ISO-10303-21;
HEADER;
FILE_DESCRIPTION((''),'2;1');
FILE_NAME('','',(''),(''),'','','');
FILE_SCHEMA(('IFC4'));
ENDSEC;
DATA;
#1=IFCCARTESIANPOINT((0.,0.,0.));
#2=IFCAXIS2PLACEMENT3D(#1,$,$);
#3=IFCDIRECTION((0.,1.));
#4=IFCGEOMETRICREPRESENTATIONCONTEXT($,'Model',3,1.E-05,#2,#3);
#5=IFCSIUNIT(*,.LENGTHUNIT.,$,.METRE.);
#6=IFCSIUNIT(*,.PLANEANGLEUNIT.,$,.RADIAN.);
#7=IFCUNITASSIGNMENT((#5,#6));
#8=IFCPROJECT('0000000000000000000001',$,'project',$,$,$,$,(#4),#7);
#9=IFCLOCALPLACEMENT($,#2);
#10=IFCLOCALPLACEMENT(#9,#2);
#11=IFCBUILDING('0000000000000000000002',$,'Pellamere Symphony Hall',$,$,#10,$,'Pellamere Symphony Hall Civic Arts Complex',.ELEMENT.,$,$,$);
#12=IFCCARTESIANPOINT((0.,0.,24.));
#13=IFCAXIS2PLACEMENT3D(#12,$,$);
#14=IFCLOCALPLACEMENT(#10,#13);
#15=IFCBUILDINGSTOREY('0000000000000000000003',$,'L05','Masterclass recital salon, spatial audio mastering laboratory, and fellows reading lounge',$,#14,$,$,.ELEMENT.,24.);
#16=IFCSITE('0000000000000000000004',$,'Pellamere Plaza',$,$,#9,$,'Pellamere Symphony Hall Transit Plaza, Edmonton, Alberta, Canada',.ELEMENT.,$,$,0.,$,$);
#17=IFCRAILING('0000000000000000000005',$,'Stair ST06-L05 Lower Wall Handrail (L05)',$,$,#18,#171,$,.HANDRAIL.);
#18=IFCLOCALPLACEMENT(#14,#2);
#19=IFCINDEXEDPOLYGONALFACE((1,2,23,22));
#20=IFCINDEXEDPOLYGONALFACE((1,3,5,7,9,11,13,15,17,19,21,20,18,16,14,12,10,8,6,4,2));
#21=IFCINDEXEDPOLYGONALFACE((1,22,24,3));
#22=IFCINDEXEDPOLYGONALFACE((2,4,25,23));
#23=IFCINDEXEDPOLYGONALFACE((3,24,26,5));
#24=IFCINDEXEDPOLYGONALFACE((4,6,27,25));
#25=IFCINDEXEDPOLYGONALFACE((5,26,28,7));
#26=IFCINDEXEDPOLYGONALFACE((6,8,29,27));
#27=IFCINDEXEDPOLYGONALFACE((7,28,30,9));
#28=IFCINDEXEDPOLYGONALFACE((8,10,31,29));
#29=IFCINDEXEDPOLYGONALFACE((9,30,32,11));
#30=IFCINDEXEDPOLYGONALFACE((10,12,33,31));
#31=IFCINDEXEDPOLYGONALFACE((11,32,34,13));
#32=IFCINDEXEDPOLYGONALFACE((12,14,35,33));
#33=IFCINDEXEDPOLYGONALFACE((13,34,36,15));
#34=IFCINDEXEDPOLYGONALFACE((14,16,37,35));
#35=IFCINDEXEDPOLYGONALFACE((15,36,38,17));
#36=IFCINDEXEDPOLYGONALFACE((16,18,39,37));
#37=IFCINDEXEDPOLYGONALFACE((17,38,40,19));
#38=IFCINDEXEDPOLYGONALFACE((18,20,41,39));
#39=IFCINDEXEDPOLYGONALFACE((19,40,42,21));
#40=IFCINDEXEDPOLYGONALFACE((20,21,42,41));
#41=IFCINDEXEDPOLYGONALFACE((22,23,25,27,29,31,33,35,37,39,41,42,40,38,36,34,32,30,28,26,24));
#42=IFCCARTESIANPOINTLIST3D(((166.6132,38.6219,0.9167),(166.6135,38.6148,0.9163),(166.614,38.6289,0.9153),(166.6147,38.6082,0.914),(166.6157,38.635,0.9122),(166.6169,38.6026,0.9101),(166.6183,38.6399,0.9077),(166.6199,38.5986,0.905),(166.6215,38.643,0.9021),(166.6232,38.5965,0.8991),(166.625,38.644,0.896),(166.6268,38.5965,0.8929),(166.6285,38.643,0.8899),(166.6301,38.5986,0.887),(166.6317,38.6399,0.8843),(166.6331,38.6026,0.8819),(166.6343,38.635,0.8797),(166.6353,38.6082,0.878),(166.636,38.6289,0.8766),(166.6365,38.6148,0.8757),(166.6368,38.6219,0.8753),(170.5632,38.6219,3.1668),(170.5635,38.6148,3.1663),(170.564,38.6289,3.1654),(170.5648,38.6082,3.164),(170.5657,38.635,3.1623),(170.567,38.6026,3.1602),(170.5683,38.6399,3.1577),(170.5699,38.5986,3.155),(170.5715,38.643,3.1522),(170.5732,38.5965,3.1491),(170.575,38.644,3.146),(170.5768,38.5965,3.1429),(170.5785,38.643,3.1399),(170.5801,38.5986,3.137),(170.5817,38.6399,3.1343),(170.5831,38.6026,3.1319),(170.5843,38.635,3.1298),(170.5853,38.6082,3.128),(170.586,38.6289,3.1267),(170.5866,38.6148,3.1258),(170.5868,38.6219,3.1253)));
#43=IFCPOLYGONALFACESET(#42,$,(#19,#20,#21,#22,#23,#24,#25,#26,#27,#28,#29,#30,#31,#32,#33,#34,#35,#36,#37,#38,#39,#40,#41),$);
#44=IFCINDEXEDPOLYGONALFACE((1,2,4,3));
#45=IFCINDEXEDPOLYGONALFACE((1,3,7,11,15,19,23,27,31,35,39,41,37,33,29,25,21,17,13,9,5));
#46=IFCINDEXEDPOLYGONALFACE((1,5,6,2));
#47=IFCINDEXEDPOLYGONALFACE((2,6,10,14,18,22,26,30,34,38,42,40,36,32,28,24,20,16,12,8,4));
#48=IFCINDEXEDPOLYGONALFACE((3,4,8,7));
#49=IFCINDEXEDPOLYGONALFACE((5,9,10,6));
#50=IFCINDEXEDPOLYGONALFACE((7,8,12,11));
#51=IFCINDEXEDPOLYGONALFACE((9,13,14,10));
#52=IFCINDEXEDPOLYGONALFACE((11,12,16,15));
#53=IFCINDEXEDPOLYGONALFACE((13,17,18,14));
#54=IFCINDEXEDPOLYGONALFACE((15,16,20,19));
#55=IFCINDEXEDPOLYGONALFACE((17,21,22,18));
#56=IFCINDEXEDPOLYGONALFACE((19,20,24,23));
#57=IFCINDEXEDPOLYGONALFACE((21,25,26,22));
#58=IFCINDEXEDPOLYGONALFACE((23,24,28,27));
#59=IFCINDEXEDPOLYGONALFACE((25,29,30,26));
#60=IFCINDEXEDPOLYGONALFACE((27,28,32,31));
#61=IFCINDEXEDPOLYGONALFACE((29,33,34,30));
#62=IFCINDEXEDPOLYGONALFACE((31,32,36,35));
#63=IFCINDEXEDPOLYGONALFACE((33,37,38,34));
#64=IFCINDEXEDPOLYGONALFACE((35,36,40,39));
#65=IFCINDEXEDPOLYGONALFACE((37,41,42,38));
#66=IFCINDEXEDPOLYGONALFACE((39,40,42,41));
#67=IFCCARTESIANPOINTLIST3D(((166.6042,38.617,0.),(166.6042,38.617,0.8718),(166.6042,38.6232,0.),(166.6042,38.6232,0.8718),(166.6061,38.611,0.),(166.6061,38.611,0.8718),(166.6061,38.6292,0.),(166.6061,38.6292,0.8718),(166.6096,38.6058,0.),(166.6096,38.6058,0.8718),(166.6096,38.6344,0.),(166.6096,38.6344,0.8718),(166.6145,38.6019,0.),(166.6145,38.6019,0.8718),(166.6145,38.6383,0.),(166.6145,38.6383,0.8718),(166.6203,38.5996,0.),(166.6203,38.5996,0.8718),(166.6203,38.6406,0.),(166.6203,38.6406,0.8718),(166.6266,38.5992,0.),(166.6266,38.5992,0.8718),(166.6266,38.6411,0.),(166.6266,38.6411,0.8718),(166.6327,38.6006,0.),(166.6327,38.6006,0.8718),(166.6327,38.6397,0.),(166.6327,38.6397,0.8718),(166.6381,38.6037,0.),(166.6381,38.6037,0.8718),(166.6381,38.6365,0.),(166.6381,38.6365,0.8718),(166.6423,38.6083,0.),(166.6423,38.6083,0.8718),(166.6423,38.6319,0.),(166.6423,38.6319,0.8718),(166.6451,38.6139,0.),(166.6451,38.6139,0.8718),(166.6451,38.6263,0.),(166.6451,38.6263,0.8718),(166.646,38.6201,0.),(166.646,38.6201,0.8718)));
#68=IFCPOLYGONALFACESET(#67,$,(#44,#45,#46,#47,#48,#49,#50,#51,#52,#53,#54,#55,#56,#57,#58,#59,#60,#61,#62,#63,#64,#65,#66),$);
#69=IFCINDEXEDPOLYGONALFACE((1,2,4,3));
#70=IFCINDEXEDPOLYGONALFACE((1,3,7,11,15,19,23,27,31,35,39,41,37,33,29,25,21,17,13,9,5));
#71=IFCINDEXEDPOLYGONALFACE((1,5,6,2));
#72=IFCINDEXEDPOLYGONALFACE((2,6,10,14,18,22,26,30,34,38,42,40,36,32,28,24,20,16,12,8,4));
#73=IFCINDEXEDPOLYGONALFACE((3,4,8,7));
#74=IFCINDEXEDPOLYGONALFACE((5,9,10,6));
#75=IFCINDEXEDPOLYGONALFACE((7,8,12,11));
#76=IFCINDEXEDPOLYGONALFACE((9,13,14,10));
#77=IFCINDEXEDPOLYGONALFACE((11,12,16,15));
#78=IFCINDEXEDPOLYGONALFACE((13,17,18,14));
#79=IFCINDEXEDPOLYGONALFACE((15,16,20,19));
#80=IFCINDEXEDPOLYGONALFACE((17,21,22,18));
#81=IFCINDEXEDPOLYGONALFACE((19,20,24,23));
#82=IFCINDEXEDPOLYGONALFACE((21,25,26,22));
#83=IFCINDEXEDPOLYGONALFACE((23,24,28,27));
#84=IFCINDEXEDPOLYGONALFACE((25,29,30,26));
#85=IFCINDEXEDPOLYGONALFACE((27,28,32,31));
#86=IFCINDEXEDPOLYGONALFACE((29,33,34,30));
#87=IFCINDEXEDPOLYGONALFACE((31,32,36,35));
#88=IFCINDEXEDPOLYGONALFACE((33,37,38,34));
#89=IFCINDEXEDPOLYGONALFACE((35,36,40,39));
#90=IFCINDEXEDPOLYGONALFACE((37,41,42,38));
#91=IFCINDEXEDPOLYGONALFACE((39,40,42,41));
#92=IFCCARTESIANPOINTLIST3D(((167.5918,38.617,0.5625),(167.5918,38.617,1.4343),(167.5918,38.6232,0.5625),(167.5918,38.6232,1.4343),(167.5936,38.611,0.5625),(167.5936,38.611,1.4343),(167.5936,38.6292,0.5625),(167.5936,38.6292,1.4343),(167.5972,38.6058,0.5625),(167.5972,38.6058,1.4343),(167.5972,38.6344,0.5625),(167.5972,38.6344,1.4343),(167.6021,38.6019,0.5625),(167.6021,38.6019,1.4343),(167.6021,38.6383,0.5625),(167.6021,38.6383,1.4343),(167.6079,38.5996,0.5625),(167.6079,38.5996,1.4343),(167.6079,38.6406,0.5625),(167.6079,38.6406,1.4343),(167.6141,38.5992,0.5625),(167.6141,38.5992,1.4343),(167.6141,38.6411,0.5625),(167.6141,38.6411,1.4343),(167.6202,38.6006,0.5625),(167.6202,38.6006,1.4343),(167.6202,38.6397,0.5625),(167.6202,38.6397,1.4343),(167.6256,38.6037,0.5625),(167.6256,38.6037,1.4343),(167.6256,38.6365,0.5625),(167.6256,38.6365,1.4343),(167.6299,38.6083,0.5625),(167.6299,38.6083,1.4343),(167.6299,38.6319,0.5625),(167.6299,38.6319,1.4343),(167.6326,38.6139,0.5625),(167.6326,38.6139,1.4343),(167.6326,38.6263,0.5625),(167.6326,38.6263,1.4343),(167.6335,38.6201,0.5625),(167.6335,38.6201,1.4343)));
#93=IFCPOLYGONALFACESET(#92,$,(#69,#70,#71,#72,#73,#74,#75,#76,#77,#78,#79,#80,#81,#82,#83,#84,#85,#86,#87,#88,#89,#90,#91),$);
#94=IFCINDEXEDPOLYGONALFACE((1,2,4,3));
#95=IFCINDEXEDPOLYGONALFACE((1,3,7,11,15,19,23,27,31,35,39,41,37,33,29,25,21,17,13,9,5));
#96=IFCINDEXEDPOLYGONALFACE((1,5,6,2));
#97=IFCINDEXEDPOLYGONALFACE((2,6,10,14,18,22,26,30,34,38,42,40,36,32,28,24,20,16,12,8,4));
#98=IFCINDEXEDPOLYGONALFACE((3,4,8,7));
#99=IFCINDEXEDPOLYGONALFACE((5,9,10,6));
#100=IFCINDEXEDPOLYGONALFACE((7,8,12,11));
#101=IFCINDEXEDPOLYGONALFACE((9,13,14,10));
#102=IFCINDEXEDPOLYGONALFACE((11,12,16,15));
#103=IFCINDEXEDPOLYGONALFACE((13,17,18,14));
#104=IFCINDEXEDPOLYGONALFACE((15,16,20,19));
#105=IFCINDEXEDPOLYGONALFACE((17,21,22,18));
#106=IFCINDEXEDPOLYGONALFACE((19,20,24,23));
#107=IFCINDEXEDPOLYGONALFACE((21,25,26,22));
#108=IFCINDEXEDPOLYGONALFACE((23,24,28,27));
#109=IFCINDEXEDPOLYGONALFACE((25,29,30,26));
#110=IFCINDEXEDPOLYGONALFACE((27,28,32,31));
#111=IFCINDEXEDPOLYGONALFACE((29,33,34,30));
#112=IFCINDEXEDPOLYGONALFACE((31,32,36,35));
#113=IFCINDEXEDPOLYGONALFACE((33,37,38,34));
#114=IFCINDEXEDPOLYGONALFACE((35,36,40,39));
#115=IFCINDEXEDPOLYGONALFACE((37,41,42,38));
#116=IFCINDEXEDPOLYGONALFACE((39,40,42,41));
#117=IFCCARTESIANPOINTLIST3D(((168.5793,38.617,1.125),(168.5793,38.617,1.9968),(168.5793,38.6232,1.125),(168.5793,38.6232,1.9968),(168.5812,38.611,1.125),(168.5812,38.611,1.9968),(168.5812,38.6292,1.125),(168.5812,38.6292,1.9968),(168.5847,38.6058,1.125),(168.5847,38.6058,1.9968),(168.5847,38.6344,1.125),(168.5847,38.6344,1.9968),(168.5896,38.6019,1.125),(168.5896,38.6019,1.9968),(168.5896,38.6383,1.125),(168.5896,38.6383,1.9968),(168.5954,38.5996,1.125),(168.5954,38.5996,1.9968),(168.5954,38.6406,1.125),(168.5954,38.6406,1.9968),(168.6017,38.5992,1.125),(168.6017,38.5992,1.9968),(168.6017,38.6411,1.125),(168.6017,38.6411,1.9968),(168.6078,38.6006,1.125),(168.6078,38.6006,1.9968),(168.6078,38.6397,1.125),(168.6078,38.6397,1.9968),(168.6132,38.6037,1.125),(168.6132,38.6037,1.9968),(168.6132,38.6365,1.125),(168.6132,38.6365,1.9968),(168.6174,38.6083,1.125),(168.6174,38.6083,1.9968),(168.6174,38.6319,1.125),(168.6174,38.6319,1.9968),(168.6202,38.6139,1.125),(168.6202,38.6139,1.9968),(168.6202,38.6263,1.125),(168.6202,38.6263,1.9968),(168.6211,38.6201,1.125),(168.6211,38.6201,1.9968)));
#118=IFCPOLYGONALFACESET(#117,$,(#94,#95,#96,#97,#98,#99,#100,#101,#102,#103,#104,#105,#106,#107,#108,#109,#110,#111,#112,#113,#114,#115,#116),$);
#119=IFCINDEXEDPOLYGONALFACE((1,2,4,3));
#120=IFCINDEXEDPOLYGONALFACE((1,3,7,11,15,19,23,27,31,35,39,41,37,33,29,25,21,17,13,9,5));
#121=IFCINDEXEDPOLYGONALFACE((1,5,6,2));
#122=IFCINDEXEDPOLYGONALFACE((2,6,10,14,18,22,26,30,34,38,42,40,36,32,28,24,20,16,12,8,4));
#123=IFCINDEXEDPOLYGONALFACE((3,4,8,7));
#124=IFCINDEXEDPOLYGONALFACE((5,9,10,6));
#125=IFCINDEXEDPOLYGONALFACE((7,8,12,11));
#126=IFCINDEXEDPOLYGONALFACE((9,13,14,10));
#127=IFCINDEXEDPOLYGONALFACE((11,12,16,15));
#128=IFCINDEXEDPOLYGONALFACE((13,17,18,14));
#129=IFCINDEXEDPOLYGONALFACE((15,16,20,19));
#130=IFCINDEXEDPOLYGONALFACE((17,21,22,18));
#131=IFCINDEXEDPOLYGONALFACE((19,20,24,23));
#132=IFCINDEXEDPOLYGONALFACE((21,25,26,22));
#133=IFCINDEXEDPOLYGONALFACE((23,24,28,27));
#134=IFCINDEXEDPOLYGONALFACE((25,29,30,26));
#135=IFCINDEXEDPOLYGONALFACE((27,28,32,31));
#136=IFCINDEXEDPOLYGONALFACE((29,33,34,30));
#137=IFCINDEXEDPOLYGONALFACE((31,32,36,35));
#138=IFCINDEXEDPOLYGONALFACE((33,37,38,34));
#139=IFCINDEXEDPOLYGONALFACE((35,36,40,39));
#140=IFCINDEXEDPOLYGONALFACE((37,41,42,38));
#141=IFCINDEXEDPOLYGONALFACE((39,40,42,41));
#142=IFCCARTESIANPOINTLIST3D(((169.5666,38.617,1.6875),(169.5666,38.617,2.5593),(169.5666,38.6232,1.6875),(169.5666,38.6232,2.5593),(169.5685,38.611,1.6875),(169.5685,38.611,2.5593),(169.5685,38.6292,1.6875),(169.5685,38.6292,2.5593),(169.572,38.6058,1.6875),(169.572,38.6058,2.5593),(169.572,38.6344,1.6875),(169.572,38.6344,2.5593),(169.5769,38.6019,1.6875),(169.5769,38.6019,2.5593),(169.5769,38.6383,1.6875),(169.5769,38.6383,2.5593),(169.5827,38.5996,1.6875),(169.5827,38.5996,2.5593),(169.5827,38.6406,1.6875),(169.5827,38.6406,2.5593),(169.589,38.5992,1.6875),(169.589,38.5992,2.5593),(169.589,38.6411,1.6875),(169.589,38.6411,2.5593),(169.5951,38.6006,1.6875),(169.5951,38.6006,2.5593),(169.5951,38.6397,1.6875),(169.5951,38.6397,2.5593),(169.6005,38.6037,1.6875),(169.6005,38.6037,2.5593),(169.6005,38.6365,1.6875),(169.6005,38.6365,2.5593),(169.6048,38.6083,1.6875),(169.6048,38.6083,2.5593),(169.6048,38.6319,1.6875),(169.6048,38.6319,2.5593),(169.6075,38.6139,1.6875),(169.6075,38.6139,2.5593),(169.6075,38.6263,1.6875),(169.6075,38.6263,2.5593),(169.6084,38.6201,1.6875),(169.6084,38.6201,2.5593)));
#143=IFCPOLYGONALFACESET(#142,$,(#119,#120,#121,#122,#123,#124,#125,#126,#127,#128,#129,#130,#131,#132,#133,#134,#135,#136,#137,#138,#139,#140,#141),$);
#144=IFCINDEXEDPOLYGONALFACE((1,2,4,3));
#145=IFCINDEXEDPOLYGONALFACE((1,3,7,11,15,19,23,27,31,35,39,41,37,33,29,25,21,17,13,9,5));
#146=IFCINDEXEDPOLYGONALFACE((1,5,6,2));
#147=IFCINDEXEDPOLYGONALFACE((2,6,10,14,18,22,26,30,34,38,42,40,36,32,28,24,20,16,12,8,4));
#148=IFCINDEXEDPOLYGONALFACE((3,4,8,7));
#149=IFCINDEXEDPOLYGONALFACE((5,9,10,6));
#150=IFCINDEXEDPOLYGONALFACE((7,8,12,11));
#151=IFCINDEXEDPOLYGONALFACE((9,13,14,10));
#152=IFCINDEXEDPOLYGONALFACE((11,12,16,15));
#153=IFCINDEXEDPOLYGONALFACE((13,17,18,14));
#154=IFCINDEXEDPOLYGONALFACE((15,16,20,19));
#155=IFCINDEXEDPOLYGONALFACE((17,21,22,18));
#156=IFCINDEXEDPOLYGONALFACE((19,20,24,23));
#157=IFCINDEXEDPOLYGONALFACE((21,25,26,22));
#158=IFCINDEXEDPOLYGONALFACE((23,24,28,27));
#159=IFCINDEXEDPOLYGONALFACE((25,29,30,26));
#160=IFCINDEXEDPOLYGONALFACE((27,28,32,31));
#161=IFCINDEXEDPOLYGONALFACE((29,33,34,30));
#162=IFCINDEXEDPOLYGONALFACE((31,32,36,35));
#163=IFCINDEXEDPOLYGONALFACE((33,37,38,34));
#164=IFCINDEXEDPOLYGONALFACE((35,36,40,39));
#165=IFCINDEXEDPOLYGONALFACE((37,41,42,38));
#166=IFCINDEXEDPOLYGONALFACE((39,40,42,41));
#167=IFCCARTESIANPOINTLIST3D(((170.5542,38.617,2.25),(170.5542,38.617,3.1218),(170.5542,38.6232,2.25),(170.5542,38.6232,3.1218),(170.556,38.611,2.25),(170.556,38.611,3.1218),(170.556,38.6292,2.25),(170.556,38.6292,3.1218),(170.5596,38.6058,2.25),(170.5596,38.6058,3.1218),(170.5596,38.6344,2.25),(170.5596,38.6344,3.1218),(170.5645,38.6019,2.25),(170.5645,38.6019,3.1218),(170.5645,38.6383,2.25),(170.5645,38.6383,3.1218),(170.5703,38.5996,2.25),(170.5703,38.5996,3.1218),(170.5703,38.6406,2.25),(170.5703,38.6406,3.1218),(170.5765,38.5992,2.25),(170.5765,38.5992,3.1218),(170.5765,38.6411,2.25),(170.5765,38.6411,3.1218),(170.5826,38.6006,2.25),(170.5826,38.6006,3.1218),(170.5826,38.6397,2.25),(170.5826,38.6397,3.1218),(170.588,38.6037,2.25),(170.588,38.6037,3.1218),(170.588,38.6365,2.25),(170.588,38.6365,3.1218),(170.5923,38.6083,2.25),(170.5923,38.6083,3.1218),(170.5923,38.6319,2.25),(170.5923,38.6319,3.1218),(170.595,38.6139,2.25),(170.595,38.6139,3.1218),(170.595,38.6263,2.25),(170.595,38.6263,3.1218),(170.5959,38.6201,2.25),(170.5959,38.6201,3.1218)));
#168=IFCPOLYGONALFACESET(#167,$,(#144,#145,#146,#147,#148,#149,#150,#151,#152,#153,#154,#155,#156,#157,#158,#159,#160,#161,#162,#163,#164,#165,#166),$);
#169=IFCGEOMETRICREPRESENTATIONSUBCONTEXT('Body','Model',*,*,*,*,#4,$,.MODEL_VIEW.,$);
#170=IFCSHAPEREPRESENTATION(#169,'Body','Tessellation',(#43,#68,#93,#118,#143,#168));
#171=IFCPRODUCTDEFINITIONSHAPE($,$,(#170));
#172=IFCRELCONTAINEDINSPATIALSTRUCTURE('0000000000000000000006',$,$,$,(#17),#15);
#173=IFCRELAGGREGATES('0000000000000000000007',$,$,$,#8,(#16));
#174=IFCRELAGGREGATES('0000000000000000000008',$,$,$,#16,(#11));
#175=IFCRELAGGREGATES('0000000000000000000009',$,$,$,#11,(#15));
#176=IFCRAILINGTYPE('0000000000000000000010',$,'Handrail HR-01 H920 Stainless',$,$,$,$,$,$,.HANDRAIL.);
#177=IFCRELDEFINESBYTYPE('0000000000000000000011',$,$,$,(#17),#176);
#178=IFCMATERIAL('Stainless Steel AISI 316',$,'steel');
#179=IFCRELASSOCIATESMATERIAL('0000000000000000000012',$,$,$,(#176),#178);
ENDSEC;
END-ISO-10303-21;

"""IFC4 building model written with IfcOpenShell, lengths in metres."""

from ifc_helpers import new_model, si_unit, direction, frame, origin, origin_2d, place, context, subcontext, project, spatial, circle, extrude, material, type_object, element, save


model = new_model("IFC4")

# Units and contexts
model_context = context("Model", 3, precision=1e-05, world=origin(), true_north=direction((0.0, 1.0)))
body_context = subcontext(model_context, "Body", "Model", "MODEL_VIEW")
ifc_project = project(units=[si_unit("LENGTHUNIT", "METRE"), si_unit("PLANEANGLEUNIT", "RADIAN")], contexts=[model_context])

# Site, building, storey
site_placement = place(None, origin())
site = spatial("IfcSite", under=ifc_project, at=site_placement, Name="Pellamere Plaza", LongName="Pellamere Symphony Hall Transit Plaza, Edmonton, Alberta, Canada", CompositionType="ELEMENT", RefElevation=0.0)
building_placement = place(site_placement, origin())
building = spatial("IfcBuilding", under=site, at=building_placement, Name="Pellamere Symphony Hall", LongName="Pellamere Symphony Hall Civic Arts Complex", CompositionType="ELEMENT")
storey_placement = place(building_placement, frame((0.0, 0.0, 24.0)))
storey = spatial("IfcBuildingStorey", under=building, at=storey_placement, Name="L05", Description="Masterclass recital salon, spatial audio mastering laboratory, and fellows reading lounge", CompositionType="ELEMENT", Elevation=24.0)

# Railing
ifc_material_1 = material(Name="Stainless Steel AISI 316", Category="steel")
railing_type_1 = type_object("IfcRailingType", Name="Handrail HR-01 H920 Stainless", PredefinedType="HANDRAIL", material=ifc_material_1)
railing_1_placement = place(storey_placement, frame((166.625, 38.6201, 0.0)))
element("IfcRailing", 1, at=railing_1_placement, inside=storey, type_object=railing_type_1, Name="Stair ST06-L05 Lower Wall Handrail (L05)", PredefinedType="HANDRAIL", context=body_context, shape_type="SweptSolid", body=[
    extrude(circle(Radius=0.0239, at=origin_2d()), frame((0.0, 0.0, 0.896), z_axis=(0.868917, 0.0, 0.494959), x_axis=(0.0, 1.0, 0.0)), (0.0, 0.0, 1.0), 4.5459),
    extrude(circle(Radius=0.021, at=origin_2d()), origin(), (0.0, 0.0, 1.0), 0.8718),
    extrude(circle(Radius=0.021, at=origin_2d()), frame((0.9875, 0.0, 0.5625)), (0.0, 0.0, 1.0), 0.8718),
    extrude(circle(Radius=0.021, at=origin_2d()), frame((1.9751, 0.0, 1.125)), (0.0, 0.0, 1.0), 0.8718),
    extrude(circle(Radius=0.021, at=origin_2d()), frame((2.9624, 0.0, 1.6875)), (0.0, 0.0, 1.0), 0.8718),
    extrude(circle(Radius=0.021, at=origin_2d()), frame((3.95, 0.0, 2.25)), (0.0, 0.0, 1.0), 0.8718),
])

save(model, "model.ifc")
